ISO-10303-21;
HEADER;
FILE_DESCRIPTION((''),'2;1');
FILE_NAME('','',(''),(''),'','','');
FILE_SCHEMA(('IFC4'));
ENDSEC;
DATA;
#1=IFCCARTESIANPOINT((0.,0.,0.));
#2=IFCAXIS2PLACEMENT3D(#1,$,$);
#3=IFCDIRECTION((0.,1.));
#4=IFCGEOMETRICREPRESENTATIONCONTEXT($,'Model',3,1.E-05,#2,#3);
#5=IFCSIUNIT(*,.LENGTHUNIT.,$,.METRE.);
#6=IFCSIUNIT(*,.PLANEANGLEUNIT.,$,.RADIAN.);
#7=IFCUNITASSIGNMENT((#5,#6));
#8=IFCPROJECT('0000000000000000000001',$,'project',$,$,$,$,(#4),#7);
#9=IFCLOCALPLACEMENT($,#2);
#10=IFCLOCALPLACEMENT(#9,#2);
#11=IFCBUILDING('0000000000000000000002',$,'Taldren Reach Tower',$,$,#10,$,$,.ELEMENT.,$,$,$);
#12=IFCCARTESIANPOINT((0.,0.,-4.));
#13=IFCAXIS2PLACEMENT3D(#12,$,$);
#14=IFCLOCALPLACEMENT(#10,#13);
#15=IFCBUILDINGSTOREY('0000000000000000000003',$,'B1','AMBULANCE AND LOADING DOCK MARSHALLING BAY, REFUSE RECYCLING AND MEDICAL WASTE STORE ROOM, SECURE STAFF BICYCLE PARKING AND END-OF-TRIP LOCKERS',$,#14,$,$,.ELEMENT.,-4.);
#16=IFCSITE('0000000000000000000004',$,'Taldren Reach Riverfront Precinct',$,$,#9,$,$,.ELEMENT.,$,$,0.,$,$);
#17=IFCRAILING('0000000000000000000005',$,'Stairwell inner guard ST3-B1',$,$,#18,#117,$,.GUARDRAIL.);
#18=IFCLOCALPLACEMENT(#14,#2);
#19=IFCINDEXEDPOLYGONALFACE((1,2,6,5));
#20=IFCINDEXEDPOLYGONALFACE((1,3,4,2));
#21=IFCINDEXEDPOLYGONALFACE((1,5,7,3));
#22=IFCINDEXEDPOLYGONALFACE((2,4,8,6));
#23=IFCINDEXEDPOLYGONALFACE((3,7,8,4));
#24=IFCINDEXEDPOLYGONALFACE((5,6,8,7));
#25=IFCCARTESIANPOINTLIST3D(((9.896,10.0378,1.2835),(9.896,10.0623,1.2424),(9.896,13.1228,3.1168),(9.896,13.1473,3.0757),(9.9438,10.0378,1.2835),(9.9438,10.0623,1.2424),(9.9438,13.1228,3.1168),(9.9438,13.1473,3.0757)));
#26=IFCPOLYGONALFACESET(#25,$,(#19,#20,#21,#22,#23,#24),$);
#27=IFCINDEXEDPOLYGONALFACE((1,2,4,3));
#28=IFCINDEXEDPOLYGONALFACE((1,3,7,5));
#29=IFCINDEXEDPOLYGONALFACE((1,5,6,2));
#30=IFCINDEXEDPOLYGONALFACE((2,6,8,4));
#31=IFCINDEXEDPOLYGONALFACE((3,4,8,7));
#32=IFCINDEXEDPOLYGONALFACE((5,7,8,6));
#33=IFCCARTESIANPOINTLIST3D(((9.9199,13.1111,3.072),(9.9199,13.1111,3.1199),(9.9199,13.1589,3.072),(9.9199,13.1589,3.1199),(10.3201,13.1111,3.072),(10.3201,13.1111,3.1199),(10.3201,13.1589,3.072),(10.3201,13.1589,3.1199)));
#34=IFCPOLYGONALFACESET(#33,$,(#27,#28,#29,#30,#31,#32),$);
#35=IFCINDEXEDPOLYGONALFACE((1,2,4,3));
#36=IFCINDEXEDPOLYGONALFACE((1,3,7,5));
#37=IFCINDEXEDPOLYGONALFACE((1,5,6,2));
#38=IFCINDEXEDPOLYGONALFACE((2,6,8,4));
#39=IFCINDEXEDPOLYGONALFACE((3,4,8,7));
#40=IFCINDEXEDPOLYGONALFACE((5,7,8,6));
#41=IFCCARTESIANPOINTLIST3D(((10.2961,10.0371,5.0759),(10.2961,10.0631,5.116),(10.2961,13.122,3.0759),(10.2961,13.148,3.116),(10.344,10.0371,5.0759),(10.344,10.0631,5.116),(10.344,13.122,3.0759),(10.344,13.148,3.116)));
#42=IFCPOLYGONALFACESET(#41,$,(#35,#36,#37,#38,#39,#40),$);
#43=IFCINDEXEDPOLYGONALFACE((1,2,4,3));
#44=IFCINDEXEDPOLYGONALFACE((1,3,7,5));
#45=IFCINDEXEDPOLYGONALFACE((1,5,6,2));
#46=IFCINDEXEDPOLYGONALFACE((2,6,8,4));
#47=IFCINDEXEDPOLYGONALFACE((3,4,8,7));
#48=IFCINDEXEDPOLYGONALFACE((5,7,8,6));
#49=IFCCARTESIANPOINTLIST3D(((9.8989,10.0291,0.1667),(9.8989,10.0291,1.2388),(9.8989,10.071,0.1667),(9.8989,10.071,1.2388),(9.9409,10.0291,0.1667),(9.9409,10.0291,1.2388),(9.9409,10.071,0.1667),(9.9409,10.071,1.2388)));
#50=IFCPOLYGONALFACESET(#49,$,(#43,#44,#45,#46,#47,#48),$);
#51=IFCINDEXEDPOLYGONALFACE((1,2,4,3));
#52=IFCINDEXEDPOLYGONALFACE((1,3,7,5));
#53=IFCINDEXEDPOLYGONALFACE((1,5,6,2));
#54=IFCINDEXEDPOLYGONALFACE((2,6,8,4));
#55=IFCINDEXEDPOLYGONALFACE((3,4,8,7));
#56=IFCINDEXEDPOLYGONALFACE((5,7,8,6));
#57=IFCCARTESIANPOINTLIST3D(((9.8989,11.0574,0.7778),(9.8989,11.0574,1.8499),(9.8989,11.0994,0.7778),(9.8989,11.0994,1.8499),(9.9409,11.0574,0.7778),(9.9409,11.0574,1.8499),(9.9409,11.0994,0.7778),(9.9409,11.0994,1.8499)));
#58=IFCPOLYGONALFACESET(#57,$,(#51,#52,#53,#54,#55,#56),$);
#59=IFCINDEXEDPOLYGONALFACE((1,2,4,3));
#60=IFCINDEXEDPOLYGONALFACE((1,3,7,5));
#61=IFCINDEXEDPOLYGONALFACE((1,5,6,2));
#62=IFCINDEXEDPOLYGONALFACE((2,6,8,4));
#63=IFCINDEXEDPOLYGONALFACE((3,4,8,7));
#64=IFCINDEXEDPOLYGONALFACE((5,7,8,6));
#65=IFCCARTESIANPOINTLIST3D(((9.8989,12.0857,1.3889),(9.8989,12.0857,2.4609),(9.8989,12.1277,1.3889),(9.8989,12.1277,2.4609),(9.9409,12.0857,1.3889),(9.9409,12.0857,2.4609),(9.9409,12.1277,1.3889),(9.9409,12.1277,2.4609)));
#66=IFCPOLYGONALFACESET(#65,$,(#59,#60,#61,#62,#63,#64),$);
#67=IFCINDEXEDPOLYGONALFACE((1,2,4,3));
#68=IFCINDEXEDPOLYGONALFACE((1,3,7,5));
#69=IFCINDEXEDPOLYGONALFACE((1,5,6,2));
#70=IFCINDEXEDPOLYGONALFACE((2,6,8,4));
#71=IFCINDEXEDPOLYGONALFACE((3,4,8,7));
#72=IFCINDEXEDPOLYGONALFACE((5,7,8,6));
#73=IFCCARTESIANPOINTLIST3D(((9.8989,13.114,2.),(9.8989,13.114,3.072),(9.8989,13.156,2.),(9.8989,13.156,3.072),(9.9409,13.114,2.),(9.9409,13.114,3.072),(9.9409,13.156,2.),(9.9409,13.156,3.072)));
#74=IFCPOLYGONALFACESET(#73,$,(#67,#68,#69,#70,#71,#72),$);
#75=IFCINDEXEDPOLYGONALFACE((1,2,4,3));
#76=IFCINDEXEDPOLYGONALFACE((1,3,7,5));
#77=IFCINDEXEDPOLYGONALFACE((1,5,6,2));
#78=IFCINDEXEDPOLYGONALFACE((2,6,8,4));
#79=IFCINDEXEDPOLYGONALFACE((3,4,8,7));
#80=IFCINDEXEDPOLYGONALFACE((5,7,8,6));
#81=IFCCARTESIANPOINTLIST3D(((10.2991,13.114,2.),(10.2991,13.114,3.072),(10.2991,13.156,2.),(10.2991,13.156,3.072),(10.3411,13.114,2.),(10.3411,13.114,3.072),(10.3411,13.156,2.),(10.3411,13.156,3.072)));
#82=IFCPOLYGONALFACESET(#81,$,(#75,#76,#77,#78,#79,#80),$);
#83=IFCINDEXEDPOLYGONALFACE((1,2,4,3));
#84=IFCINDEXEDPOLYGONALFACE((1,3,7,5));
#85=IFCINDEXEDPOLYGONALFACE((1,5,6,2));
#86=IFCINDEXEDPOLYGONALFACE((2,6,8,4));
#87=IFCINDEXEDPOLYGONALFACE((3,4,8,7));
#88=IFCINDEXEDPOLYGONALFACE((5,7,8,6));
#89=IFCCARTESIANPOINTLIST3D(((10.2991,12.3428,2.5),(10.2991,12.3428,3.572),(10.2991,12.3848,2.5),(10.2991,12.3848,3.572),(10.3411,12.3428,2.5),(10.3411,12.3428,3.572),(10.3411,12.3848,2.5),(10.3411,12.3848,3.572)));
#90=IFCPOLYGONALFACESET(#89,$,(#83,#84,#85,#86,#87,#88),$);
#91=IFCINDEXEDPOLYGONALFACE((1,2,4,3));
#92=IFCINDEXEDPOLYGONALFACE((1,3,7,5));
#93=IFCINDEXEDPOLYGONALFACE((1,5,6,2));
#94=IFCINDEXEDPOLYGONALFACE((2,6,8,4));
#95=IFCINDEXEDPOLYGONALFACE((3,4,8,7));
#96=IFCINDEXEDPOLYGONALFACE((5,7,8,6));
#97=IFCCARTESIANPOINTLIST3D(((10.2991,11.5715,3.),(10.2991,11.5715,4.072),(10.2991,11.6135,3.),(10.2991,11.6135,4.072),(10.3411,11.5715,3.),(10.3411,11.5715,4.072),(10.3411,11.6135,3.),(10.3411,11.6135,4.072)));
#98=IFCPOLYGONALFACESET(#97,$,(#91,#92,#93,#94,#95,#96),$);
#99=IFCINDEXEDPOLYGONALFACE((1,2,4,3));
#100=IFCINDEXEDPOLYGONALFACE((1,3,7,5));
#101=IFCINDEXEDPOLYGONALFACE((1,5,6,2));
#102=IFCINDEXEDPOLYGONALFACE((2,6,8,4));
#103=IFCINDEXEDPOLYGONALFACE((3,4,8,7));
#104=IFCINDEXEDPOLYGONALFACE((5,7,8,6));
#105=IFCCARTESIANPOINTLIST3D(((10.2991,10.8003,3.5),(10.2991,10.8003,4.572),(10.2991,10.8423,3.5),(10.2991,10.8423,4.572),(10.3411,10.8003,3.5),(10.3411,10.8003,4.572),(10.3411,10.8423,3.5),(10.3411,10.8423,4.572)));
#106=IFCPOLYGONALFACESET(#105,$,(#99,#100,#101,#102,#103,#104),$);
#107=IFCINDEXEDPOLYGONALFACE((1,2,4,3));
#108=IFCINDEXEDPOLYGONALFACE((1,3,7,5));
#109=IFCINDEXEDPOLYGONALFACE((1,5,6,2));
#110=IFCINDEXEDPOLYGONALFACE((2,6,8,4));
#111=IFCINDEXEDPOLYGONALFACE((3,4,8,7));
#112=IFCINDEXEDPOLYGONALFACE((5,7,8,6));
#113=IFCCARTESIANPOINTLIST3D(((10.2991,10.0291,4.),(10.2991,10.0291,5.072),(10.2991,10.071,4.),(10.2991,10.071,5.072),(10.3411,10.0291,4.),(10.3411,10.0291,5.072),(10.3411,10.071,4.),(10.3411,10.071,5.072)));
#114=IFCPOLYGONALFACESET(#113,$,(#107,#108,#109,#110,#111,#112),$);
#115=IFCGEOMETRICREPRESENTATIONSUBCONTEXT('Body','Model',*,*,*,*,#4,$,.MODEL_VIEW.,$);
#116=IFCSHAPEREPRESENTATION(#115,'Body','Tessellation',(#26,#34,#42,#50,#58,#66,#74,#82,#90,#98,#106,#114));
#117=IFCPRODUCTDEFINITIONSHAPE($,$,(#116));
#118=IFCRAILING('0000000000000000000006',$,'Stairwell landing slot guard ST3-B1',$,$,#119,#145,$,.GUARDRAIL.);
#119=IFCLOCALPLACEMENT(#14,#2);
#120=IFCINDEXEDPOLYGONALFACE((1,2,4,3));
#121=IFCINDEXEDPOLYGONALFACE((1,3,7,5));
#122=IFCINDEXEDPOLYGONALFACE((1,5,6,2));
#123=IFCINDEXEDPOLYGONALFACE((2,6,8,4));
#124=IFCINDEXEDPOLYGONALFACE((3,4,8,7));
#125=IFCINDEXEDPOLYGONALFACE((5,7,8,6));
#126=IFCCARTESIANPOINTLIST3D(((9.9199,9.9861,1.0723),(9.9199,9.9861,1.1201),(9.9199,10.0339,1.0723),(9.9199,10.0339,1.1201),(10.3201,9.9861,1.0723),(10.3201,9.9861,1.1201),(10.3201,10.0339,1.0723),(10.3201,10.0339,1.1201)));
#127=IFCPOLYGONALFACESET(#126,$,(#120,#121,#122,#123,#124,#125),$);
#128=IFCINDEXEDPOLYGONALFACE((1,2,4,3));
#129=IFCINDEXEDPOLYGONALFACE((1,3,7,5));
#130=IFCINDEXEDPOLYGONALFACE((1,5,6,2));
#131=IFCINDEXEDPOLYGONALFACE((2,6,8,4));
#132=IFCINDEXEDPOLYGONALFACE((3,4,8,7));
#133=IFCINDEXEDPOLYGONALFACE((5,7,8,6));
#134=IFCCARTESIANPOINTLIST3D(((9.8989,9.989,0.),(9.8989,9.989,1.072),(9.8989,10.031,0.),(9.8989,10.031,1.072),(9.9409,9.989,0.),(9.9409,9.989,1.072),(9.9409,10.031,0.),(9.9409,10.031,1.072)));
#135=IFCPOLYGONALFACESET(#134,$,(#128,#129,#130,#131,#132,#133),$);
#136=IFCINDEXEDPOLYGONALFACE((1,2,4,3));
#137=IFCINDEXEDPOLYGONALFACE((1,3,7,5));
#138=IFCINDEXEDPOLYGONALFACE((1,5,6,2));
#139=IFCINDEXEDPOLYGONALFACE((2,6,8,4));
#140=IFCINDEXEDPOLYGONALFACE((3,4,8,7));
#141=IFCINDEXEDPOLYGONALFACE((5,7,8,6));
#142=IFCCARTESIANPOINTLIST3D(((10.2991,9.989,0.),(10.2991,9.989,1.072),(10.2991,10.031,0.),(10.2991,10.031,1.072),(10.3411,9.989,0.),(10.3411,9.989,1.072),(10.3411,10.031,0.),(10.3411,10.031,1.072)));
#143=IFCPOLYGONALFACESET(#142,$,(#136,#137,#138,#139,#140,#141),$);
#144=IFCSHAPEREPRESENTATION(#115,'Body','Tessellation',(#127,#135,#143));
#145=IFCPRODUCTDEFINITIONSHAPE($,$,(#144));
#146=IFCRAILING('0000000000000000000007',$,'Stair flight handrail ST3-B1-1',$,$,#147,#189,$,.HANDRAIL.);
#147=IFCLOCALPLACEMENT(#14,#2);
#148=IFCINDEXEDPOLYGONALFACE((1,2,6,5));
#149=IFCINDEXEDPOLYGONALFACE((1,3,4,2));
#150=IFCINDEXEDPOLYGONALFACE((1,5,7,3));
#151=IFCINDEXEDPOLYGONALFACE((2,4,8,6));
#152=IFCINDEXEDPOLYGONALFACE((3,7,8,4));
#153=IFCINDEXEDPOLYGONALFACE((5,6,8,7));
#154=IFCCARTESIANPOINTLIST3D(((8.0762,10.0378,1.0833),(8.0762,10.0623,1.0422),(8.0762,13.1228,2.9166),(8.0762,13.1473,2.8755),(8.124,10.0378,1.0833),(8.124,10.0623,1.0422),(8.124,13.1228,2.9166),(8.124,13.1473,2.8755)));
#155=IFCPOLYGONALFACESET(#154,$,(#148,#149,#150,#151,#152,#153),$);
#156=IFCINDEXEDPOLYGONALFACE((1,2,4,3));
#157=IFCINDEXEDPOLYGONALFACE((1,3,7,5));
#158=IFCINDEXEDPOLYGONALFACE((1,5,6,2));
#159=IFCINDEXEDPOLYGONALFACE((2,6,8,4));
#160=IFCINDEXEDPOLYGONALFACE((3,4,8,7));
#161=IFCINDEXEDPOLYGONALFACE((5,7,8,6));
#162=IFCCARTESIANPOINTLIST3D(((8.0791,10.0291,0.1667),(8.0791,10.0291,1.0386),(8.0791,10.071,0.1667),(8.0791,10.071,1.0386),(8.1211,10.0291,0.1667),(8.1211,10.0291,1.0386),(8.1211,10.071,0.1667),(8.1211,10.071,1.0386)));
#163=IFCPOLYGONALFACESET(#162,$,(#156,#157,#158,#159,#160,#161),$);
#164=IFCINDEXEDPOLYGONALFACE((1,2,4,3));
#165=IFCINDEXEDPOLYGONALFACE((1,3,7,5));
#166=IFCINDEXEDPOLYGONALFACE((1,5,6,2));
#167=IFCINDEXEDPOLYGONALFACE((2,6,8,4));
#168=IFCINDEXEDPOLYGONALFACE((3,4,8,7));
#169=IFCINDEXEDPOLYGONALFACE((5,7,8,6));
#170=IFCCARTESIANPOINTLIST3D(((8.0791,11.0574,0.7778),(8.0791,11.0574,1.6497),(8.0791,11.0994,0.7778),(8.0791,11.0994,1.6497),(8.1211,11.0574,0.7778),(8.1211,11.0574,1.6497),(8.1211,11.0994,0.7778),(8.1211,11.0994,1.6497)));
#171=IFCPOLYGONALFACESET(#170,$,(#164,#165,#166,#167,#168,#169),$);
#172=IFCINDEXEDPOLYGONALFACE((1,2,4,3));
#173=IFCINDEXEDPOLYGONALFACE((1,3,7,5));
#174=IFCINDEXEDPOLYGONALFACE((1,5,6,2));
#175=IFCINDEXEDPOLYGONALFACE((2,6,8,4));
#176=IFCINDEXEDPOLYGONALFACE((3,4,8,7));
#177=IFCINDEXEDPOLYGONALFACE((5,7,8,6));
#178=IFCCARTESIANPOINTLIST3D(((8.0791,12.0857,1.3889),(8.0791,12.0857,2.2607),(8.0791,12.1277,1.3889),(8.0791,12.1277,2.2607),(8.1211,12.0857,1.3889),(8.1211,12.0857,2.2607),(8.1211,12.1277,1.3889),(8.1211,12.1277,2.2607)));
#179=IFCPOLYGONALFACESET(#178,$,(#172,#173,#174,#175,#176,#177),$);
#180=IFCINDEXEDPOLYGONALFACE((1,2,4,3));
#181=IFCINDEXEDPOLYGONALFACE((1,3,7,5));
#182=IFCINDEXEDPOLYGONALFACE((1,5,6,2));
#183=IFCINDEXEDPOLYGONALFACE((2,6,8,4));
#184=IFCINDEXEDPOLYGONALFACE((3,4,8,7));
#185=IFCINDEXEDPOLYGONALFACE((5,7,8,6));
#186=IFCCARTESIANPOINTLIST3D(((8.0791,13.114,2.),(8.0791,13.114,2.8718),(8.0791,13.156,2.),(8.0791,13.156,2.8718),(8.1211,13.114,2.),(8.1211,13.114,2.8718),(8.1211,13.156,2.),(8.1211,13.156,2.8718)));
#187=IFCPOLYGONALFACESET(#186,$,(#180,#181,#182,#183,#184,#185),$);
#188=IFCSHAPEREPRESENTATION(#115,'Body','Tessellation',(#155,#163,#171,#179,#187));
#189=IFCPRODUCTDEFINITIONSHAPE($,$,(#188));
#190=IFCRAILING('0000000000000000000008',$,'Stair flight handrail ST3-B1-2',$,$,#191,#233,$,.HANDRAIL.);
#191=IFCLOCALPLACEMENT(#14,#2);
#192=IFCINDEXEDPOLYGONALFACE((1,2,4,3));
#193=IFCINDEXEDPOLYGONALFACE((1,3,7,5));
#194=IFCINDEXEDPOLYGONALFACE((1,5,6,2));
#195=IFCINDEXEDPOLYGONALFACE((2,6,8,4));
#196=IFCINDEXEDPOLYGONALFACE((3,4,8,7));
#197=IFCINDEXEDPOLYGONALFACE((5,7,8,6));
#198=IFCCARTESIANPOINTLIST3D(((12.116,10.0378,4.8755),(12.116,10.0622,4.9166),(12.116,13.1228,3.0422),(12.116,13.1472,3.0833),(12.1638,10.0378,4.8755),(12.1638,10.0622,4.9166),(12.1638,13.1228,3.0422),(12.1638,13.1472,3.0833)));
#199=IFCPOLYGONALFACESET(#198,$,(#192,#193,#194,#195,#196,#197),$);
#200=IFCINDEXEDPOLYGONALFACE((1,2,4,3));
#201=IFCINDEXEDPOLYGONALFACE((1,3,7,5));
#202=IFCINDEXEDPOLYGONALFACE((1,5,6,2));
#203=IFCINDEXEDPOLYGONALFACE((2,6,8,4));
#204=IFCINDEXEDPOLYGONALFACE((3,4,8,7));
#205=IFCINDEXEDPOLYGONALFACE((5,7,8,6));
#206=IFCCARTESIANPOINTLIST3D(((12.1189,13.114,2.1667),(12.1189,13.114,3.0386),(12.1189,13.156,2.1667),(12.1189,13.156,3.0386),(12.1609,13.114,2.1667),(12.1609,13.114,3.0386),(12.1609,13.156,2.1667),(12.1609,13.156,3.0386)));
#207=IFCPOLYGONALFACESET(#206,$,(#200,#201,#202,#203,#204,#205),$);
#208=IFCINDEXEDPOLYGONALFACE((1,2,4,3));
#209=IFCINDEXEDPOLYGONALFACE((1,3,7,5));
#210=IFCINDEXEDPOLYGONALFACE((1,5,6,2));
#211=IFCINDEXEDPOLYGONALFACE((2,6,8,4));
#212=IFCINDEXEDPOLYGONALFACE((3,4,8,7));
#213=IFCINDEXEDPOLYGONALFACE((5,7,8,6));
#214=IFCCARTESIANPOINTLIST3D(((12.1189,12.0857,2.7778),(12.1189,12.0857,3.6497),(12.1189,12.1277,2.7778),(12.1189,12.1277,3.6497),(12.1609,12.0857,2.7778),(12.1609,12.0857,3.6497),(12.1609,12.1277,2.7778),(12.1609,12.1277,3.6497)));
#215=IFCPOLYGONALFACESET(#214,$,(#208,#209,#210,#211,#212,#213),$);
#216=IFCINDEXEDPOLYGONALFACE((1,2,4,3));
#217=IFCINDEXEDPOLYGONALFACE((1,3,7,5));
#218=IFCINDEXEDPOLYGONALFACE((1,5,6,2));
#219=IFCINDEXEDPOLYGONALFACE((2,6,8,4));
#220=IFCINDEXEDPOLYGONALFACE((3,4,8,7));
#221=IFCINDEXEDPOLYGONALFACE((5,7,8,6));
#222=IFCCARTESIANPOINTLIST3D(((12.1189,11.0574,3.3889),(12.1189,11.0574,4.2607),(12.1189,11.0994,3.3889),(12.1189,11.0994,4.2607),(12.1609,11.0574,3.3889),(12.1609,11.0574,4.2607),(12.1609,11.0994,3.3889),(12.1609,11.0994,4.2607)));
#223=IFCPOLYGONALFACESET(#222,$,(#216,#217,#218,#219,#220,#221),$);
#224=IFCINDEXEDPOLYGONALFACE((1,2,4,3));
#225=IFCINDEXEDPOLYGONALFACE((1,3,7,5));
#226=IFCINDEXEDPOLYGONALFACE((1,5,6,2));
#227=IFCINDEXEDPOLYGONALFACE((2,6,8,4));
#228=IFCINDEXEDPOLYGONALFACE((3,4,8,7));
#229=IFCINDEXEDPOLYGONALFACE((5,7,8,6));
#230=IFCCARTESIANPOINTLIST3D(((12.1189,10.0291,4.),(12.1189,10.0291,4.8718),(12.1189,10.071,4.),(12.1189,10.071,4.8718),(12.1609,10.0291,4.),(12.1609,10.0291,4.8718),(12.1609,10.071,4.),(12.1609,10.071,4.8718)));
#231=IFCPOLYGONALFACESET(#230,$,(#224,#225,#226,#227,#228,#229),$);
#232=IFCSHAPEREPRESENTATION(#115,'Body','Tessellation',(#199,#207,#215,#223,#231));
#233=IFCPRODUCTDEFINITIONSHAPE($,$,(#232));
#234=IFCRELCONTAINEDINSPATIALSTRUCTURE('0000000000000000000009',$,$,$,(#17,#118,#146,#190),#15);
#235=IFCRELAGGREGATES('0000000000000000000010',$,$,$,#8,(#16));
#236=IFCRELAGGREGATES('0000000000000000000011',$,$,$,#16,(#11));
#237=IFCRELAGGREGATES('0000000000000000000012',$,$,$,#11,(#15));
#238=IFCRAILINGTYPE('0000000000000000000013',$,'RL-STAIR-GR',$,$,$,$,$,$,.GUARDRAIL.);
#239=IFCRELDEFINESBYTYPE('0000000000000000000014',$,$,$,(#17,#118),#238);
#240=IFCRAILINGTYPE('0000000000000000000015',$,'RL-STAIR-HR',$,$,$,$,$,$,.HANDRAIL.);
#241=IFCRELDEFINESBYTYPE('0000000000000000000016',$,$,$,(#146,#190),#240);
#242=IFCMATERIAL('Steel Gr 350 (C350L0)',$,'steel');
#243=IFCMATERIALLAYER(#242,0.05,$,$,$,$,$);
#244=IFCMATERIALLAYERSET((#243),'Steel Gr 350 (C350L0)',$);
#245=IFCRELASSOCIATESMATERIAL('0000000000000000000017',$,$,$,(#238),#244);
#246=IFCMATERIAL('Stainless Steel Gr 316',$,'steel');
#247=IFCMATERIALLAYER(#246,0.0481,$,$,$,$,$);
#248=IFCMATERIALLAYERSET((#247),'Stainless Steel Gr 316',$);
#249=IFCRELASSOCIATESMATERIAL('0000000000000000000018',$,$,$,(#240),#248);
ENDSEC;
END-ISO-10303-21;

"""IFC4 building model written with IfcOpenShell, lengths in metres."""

from ifc_helpers import new_model, si_unit, direction, frame, origin, origin_2d, place, context, subcontext, project, spatial, rectangle, extrude, material, layer, layer_set, type_object, element, save


model = new_model("IFC4")

# Units and contexts
model_context = context("Model", 3, precision=1e-05, world=origin(), true_north=direction((0.0, 1.0)))
body_context = subcontext(model_context, "Body", "Model", "MODEL_VIEW")
ifc_project = project(units=[si_unit("LENGTHUNIT", "METRE"), si_unit("PLANEANGLEUNIT", "RADIAN")], contexts=[model_context])

# Site, building, storey
site_placement = place(None, origin())
site = spatial("IfcSite", under=ifc_project, at=site_placement, Name="Taldren Reach Riverfront Precinct", CompositionType="ELEMENT", RefElevation=0.0)
building_placement = place(site_placement, origin())
building = spatial("IfcBuilding", under=site, at=building_placement, Name="Taldren Reach Tower", CompositionType="ELEMENT")
storey_placement = place(building_placement, frame((0.0, 0.0, -4.0)))
storey = spatial("IfcBuildingStorey", under=building, at=storey_placement, Name="B1", Description="AMBULANCE AND LOADING DOCK MARSHALLING BAY, REFUSE RECYCLING AND MEDICAL WASTE STORE ROOM, SECURE STAFF BICYCLE PARKING AND END-OF-TRIP LOCKERS", CompositionType="ELEMENT", Elevation=-4.0)

# Shared definitions
ifc_material_1 = material(Name="Steel Gr 350 (C350L0)", Category="steel")

# Railings
ifc_layer_1 = layer(ifc_material_1, 0.05)
ifc_layer_set_1 = layer_set([ifc_layer_1], Name="Steel Gr 350 (C350L0)")
railing_type_1 = type_object("IfcRailingType", Name="RL-STAIR-GR", PredefinedType="GUARDRAIL", material=ifc_layer_set_1)
railing_1_placement = place(storey_placement, frame((9.9199, 10.05, 0.1667)))
element("IfcRailing", 1, at=railing_1_placement, inside=storey, type_object=railing_type_1, Name="Stairwell inner guard ST3-B1", PredefinedType="GUARDRAIL", context=body_context, shape_type="SweptSolid", body=[
    extrude(rectangle(XDim=0.0479, YDim=0.0479, at=origin_2d()), frame((0.0, 0.0, 1.0962), z_axis=(0.0, 0.859664, 0.510859), x_axis=(-1.0, 0.0, 0.0)), (0.0, 0.0, 1.0), 3.5886),
    extrude(rectangle(XDim=0.0479, YDim=0.0479, at=origin_2d()), frame((0.0, 3.085, 2.9292), z_axis=(1.0, 0.0, 0.0), x_axis=(0.0, 1.0, 0.0)), (0.0, 0.0, 1.0), 0.4001),
    extrude(rectangle(XDim=0.0479, YDim=0.0479, at=origin_2d()), frame((0.4001, 3.085, 2.9292), z_axis=(0.0, -0.839092, 0.543989), x_axis=(1.0, 0.0, 0.0)), (0.0, 0.0, 1.0), 3.6765),
    extrude(rectangle(XDim=0.042, YDim=0.042, at=origin_2d()), origin(), (0.0, 0.0, 1.0), 1.072),
    extrude(rectangle(XDim=0.042, YDim=0.042, at=origin_2d()), frame((0.0, 1.0283, 0.6111)), (0.0, 0.0, 1.0), 1.072),
    extrude(rectangle(XDim=0.042, YDim=0.042, at=origin_2d()), frame((0.0, 2.0566, 1.2222)), (0.0, 0.0, 1.0), 1.072),
    extrude(rectangle(XDim=0.042, YDim=0.042, at=origin_2d()), frame((0.0, 3.085, 1.8333)), (0.0, 0.0, 1.0), 1.072),
    extrude(rectangle(XDim=0.042, YDim=0.042, at=origin_2d()), frame((0.4001, 3.085, 1.8333)), (0.0, 0.0, 1.0), 1.072),
    extrude(rectangle(XDim=0.042, YDim=0.042, at=origin_2d()), frame((0.4001, 2.3137, 2.3333)), (0.0, 0.0, 1.0), 1.072),
    extrude(rectangle(XDim=0.042, YDim=0.042, at=origin_2d()), frame((0.4001, 1.5425, 2.8333)), (0.0, 0.0, 1.0), 1.072),
    extrude(rectangle(XDim=0.042, YDim=0.042, at=origin_2d()), frame((0.4001, 0.7712, 3.3333)), (0.0, 0.0, 1.0), 1.072),
    extrude(rectangle(XDim=0.042, YDim=0.042, at=origin_2d()), frame((0.4001, 0.0, 3.8333)), (0.0, 0.0, 1.0), 1.072),
])
railing_2_placement = place(storey_placement, frame((9.9199, 10.01, 0.0)))
element("IfcRailing", 2, at=railing_2_placement, inside=storey, type_object=railing_type_1, Name="Stairwell landing slot guard ST3-B1", PredefinedType="GUARDRAIL", context=body_context, shape_type="SweptSolid", body=[
    extrude(rectangle(XDim=0.0479, YDim=0.0479, at=origin_2d()), frame((0.0, 0.0, 1.0962), z_axis=(1.0, 0.0, 0.0), x_axis=(0.0, 1.0, 0.0)), (0.0, 0.0, 1.0), 0.4001),
    extrude(rectangle(XDim=0.042, YDim=0.042, at=origin_2d()), origin(), (0.0, 0.0, 1.0), 1.072),
    extrude(rectangle(XDim=0.042, YDim=0.042, at=origin_2d()), frame((0.4001, 0.0, 0.0)), (0.0, 0.0, 1.0), 1.072),
])
ifc_material_2 = material(Name="Stainless Steel Gr 316", Category="steel")
ifc_layer_2 = layer(ifc_material_2, 0.0481)
ifc_layer_set_2 = layer_set([ifc_layer_2], Name="Stainless Steel Gr 316")
railing_type_2 = type_object("IfcRailingType", Name="RL-STAIR-HR", PredefinedType="HANDRAIL", material=ifc_layer_set_2)
railing_3_placement = place(storey_placement, frame((8.1001, 10.05, 0.1667)))
element("IfcRailing", 3, at=railing_3_placement, inside=storey, type_object=railing_type_2, Name="Stair flight handrail ST3-B1-1", PredefinedType="HANDRAIL", context=body_context, shape_type="SweptSolid", body=[
    extrude(rectangle(XDim=0.0479, YDim=0.0479, at=origin_2d()), frame((0.0, 0.0, 0.896), z_axis=(0.0, 0.859664, 0.510859), x_axis=(-1.0, 0.0, 0.0)), (0.0, 0.0, 1.0), 3.5886),
    extrude(rectangle(XDim=0.042, YDim=0.042, at=origin_2d()), origin(), (0.0, 0.0, 1.0), 0.8718),
    extrude(rectangle(XDim=0.042, YDim=0.042, at=origin_2d()), frame((0.0, 1.0283, 0.6111)), (0.0, 0.0, 1.0), 0.8718),
    extrude(rectangle(XDim=0.042, YDim=0.042, at=origin_2d()), frame((0.0, 2.0566, 1.2222)), (0.0, 0.0, 1.0), 0.8718),
    extrude(rectangle(XDim=0.042, YDim=0.042, at=origin_2d()), frame((0.0, 3.085, 1.8333)), (0.0, 0.0, 1.0), 0.8718),
])
railing_4_placement = place(storey_placement, frame((12.1399, 13.135, 2.1667)))
element("IfcRailing", 4, at=railing_4_placement, inside=storey, type_object=railing_type_2, Name="Stair flight handrail ST3-B1-2", PredefinedType="HANDRAIL", context=body_context, shape_type="SweptSolid", body=[
    extrude(rectangle(XDim=0.0479, YDim=0.0479, at=origin_2d()), frame((0.0, 0.0, 0.896), z_axis=(0.0, -0.859664, 0.510859), x_axis=(1.0, 0.0, 0.0)), (0.0, 0.0, 1.0), 3.5886),
    extrude(rectangle(XDim=0.042, YDim=0.042, at=origin_2d()), origin(), (0.0, 0.0, 1.0), 0.8718),
    extrude(rectangle(XDim=0.042, YDim=0.042, at=origin_2d()), frame((0.0, -1.0283, 0.6111)), (0.0, 0.0, 1.0), 0.8718),
    extrude(rectangle(XDim=0.042, YDim=0.042, at=origin_2d()), frame((0.0, -2.0566, 1.2222)), (0.0, 0.0, 1.0), 0.8718),
    extrude(rectangle(XDim=0.042, YDim=0.042, at=origin_2d()), frame((0.0, -3.085, 1.8333)), (0.0, 0.0, 1.0), 0.8718),
])

save(model, "model.ifc")
